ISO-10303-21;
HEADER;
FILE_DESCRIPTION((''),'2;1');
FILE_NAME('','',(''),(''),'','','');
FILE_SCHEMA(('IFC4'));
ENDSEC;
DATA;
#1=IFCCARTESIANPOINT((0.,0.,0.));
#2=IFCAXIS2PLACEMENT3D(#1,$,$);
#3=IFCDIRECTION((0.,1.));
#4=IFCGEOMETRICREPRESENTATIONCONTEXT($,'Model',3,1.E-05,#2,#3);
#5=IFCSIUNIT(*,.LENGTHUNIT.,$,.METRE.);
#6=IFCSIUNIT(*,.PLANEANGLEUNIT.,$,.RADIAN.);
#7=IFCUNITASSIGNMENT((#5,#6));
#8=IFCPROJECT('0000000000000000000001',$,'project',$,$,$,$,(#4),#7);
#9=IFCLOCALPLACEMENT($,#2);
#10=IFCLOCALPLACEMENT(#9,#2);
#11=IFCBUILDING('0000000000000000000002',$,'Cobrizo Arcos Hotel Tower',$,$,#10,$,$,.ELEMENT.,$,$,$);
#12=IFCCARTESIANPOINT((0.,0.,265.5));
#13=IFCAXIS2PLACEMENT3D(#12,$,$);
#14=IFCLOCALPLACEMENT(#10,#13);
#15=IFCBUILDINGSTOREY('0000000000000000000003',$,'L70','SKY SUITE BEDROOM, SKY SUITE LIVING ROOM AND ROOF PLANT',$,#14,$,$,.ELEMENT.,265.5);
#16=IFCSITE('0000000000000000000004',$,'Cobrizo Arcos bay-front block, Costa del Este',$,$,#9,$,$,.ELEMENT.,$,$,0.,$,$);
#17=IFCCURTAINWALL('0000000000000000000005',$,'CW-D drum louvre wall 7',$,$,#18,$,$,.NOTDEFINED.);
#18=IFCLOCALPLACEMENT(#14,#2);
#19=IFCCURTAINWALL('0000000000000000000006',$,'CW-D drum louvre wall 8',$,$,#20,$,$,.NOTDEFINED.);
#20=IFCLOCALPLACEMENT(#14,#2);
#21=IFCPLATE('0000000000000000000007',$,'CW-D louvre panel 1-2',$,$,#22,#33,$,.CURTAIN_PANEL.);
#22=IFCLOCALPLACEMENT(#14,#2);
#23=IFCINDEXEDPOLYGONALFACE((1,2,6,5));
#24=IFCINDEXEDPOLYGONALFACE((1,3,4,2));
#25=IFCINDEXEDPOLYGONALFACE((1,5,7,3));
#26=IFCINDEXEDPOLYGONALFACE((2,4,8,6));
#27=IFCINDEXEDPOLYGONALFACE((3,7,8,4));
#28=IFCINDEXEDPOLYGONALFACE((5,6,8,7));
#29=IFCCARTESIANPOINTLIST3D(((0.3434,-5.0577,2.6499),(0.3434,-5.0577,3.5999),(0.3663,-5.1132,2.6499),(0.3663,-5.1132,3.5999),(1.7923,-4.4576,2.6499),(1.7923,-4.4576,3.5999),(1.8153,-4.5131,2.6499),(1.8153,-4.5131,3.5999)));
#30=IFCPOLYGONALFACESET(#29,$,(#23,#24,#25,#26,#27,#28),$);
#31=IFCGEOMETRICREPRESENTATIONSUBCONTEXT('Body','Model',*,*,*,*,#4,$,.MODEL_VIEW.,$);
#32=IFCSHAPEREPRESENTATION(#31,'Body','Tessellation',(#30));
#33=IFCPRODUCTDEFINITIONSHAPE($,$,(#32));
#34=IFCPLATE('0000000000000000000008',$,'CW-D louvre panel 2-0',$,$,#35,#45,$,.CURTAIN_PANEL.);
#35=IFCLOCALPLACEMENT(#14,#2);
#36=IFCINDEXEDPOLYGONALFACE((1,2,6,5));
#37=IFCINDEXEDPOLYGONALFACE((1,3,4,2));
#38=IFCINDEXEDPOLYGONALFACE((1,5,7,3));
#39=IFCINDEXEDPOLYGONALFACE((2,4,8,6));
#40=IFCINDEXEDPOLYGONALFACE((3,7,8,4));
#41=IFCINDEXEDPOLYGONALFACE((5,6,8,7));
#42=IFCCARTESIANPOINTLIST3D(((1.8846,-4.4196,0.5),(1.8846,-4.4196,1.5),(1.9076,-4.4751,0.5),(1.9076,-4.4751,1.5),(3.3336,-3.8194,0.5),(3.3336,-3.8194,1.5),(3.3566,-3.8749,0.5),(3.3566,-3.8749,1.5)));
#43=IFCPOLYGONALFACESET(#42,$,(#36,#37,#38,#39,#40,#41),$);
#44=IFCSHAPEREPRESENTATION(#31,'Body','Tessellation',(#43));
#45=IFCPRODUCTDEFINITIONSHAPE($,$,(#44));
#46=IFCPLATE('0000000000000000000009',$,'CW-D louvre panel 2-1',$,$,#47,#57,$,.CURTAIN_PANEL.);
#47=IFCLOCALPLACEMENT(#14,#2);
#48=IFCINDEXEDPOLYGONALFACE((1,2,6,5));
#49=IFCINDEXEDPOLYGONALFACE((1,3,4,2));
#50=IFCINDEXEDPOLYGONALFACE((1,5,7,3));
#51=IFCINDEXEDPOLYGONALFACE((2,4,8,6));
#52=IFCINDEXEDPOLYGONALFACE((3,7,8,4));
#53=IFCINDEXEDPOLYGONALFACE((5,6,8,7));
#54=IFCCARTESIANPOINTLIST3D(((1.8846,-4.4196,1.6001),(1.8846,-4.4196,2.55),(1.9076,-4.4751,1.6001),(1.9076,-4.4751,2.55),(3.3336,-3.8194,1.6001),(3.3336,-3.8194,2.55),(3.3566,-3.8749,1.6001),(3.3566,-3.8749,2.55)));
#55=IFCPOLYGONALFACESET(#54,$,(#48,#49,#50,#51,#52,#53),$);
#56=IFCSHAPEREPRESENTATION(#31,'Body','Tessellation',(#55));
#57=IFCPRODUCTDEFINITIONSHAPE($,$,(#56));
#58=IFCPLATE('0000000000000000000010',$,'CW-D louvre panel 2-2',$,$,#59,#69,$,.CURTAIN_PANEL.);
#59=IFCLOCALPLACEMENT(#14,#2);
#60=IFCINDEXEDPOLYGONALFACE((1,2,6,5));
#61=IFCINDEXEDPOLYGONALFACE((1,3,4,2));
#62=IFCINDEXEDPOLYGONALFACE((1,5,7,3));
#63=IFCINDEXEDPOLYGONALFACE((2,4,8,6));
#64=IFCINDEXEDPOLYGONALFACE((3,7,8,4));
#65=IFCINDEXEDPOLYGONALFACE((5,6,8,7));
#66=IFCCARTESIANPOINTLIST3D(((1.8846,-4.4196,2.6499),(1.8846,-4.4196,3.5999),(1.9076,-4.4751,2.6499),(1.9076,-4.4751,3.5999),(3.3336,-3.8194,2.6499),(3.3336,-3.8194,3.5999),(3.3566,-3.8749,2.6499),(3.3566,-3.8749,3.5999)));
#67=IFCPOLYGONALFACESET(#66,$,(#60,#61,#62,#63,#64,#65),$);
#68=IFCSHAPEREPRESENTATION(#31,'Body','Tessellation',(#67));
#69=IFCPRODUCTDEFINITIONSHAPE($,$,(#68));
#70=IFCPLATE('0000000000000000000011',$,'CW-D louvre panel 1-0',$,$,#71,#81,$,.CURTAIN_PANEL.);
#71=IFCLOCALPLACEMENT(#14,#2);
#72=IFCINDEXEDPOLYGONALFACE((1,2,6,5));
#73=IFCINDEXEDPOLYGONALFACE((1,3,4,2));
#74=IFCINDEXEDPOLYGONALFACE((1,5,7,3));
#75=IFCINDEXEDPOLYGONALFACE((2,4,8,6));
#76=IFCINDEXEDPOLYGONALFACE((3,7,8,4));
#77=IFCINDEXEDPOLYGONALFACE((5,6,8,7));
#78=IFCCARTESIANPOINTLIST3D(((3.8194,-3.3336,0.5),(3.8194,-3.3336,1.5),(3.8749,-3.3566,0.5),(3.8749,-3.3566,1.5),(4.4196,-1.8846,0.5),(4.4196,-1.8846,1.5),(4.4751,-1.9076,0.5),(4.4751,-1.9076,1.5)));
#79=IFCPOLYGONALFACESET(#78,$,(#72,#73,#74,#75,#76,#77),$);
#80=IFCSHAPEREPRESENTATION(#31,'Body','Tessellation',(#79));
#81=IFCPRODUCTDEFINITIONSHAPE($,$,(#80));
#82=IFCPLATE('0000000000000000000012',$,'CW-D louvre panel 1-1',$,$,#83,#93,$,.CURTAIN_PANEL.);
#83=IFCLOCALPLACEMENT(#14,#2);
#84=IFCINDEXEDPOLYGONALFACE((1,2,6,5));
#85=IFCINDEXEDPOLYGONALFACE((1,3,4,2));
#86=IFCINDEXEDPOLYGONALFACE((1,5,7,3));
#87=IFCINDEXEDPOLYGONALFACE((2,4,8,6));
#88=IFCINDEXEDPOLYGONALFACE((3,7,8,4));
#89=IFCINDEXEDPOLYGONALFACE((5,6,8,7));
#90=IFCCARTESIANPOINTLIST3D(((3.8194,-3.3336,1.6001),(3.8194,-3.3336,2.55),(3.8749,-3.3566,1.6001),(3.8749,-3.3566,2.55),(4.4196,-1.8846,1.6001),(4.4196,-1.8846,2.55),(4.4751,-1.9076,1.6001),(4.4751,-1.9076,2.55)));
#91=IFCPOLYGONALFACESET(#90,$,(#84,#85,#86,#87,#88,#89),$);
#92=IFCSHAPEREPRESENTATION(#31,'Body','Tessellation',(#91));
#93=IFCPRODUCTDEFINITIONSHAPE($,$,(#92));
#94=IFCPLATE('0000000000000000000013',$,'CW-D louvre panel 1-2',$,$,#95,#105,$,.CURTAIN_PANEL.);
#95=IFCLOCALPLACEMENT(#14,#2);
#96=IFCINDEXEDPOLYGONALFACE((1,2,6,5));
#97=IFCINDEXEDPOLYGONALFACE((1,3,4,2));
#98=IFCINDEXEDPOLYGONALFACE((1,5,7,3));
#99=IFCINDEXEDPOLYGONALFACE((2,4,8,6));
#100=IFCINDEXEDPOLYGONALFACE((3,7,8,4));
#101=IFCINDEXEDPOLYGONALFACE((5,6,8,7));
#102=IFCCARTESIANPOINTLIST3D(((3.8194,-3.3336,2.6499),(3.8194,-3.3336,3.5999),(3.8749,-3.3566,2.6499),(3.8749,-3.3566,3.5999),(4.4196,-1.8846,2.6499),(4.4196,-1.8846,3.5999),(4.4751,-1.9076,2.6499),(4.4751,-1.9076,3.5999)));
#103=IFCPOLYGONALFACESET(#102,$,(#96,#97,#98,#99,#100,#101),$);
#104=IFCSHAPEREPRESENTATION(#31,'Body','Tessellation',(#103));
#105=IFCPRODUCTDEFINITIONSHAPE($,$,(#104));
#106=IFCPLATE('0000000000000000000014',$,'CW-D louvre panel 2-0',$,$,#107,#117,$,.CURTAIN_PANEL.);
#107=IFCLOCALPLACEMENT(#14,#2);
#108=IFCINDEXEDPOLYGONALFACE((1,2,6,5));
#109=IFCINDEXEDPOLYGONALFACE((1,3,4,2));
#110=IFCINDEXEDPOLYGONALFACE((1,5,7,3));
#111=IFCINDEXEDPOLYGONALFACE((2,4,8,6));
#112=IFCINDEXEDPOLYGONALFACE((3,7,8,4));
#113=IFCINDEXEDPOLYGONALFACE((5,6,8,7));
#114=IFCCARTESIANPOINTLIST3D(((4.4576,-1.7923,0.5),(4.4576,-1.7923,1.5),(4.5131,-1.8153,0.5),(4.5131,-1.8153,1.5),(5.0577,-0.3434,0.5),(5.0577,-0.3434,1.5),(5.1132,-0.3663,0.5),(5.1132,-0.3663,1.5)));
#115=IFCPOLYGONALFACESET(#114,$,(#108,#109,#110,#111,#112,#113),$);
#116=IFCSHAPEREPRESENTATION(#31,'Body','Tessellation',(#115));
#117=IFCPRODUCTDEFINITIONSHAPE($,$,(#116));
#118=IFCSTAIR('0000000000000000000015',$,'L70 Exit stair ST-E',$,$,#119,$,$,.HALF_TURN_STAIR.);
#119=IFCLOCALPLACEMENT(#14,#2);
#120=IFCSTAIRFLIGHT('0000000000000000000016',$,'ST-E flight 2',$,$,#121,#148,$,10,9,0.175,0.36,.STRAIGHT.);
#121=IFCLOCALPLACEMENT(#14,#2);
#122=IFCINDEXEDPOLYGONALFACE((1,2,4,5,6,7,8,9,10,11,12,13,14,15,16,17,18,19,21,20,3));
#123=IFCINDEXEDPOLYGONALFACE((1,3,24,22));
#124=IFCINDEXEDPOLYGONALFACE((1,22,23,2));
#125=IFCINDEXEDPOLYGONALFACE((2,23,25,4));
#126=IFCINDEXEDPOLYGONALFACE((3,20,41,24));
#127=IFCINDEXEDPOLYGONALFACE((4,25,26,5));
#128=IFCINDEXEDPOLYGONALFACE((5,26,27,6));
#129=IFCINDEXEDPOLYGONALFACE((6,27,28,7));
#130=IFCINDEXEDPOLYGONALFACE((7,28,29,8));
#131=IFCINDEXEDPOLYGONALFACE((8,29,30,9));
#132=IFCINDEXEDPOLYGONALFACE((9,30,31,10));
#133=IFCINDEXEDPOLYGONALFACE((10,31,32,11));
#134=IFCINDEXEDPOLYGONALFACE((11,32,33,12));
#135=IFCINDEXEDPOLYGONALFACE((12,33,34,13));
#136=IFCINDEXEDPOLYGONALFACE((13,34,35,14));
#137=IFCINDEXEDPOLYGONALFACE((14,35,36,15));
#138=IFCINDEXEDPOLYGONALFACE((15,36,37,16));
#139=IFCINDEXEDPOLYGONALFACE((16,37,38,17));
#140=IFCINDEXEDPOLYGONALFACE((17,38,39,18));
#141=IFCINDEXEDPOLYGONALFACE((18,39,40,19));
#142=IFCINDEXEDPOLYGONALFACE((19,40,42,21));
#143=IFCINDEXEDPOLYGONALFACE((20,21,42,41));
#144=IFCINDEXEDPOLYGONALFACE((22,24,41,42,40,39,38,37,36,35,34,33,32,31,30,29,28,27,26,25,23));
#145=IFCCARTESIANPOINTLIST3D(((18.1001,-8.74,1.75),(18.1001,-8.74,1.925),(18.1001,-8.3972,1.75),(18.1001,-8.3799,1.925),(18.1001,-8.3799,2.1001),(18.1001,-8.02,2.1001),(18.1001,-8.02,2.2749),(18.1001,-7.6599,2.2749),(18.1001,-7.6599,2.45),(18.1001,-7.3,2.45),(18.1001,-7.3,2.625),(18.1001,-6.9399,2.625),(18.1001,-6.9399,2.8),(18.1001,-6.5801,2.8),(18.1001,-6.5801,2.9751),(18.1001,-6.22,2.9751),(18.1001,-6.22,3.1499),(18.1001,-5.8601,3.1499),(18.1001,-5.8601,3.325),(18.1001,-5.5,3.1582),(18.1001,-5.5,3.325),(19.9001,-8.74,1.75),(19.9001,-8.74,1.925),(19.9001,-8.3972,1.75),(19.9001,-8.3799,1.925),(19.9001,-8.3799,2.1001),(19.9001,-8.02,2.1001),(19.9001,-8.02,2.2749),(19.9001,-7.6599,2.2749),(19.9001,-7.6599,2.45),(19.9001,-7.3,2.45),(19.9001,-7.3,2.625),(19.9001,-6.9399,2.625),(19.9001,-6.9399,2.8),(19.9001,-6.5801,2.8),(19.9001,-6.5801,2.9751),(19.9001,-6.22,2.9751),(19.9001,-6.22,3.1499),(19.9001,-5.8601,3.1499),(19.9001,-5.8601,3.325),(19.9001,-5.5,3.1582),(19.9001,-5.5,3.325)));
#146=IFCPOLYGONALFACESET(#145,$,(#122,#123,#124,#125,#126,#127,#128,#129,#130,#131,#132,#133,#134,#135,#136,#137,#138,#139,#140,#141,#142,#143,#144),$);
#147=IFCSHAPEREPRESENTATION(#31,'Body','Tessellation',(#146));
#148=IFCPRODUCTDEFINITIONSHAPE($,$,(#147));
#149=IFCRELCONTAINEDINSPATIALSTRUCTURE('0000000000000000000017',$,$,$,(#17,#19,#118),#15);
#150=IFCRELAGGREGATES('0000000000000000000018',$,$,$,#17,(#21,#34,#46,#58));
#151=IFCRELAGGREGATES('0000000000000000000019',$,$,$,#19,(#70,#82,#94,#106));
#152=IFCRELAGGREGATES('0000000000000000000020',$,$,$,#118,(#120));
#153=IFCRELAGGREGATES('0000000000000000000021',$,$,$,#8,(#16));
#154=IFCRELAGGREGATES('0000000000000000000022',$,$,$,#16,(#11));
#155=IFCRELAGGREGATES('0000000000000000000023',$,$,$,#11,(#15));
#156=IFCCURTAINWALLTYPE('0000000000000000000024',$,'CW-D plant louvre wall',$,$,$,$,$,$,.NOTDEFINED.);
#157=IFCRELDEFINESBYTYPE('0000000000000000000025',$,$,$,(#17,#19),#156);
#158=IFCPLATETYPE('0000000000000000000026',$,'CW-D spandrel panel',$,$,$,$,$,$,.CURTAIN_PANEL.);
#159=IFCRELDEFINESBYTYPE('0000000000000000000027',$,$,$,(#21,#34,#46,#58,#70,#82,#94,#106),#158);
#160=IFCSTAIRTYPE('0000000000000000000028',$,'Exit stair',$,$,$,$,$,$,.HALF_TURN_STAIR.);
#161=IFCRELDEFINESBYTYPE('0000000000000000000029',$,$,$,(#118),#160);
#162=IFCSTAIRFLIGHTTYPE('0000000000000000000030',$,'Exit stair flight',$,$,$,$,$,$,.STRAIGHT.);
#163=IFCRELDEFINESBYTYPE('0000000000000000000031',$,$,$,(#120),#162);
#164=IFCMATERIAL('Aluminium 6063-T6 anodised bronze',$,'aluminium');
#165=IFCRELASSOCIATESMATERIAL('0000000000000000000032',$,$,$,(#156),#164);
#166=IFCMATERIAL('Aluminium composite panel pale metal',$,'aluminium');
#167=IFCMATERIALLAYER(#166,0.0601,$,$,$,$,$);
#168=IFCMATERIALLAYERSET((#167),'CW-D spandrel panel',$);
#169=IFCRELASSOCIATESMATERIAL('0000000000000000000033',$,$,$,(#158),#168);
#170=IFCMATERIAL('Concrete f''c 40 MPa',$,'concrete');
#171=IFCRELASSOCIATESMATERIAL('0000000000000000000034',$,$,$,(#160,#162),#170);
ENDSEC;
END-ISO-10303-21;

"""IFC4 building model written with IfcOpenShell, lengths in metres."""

from ifc_helpers import new_model, si_unit, direction, frame, origin, origin_2d, place, context, subcontext, project, spatial, polyline, rectangle, outline, extrude, material, layer, layer_set, type_object, element, aggregate, save


model = new_model("IFC4")

# Units and contexts
model_context = context("Model", 3, precision=1e-05, world=origin(), true_north=direction((0.0, 1.0)))
body_context = subcontext(model_context, "Body", "Model", "MODEL_VIEW")
ifc_project = project(units=[si_unit("LENGTHUNIT", "METRE"), si_unit("PLANEANGLEUNIT", "RADIAN")], contexts=[model_context])

# Site, building, storey
site_placement = place(None, origin())
site = spatial("IfcSite", under=ifc_project, at=site_placement, Name="Cobrizo Arcos bay-front block, Costa del Este", CompositionType="ELEMENT", RefElevation=0.0)
building_placement = place(site_placement, origin())
building = spatial("IfcBuilding", under=site, at=building_placement, Name="Cobrizo Arcos Hotel Tower", CompositionType="ELEMENT")
storey_placement = place(building_placement, frame((0.0, 0.0, 265.5)))
storey = spatial("IfcBuildingStorey", under=building, at=storey_placement, Name="L70", Description="SKY SUITE BEDROOM, SKY SUITE LIVING ROOM AND ROOF PLANT", CompositionType="ELEMENT", Elevation=265.5)

# Shared definitions
ifc_material_1 = material(Name="Aluminium 6063-T6 anodised bronze", Category="aluminium")

# Curtain walls
curtain_wall_type_1 = type_object("IfcCurtainWallType", Name="CW-D plant louvre wall", PredefinedType="NOTDEFINED", material=ifc_material_1)
curtain_wall_1_placement = place(storey_placement, origin())
curtain_wall_1 = element("IfcCurtainWall", 1, at=curtain_wall_1_placement, inside=storey, type_object=curtain_wall_type_1, Name="CW-D drum louvre wall 7", PredefinedType="NOTDEFINED")
curtain_wall_2_placement = place(storey_placement, origin())
curtain_wall_2 = element("IfcCurtainWall", 2, at=curtain_wall_2_placement, inside=storey, type_object=curtain_wall_type_1, Name="CW-D drum louvre wall 8", PredefinedType="NOTDEFINED")

# Plates
ifc_material_2 = material(Name="Aluminium composite panel pale metal", Category="aluminium")
ifc_layer_1 = layer(ifc_material_2, 0.0601)
ifc_layer_set_1 = layer_set([ifc_layer_1], Name="CW-D spandrel panel")
plate_type_1 = type_object("IfcPlateType", Name="CW-D spandrel panel", PredefinedType="CURTAIN_PANEL", material=ifc_layer_set_1)
plate_1_placement = place(storey_placement, frame((1.0793, -4.7854, 2.6499), z_axis=(0.0, 0.0, 1.0), x_axis=(0.92388, 0.382683, 0.0)))
plate_1 = element("IfcPlate", 3, at=plate_1_placement, type_object=plate_type_1, Name="CW-D louvre panel 1-2", PredefinedType="CURTAIN_PANEL", context=body_context, shape_type="SweptSolid", body=[
    extrude(rectangle(XDim=1.5684, YDim=0.0601, at=origin_2d()), origin(), (0.0, 0.0, 1.0), 0.95),
])
plate_2_placement = place(storey_placement, frame((2.6206, -4.1472, 0.5), z_axis=(0.0, 0.0, 1.0), x_axis=(0.92388, 0.382683, 0.0)))
plate_2 = element("IfcPlate", 4, at=plate_2_placement, type_object=plate_type_1, Name="CW-D louvre panel 2-0", PredefinedType="CURTAIN_PANEL", context=body_context, shape_type="SweptSolid", body=[
    extrude(rectangle(XDim=1.5684, YDim=0.0601, at=origin_2d()), origin(), (0.0, 0.0, 1.0), 1.0),
])
plate_3_placement = place(storey_placement, frame((2.6206, -4.1472, 1.6001), z_axis=(0.0, 0.0, 1.0), x_axis=(0.92388, 0.382683, 0.0)))
plate_3 = element("IfcPlate", 5, at=plate_3_placement, type_object=plate_type_1, Name="CW-D louvre panel 2-1", PredefinedType="CURTAIN_PANEL", context=body_context, shape_type="SweptSolid", body=[
    extrude(rectangle(XDim=1.5684, YDim=0.0601, at=origin_2d()), origin(), (0.0, 0.0, 1.0), 0.95),
])
plate_4_placement = place(storey_placement, frame((2.6206, -4.1472, 2.6499), z_axis=(0.0, 0.0, 1.0), x_axis=(0.92388, 0.382683, 0.0)))
plate_4 = element("IfcPlate", 6, at=plate_4_placement, type_object=plate_type_1, Name="CW-D louvre panel 2-2", PredefinedType="CURTAIN_PANEL", context=body_context, shape_type="SweptSolid", body=[
    extrude(rectangle(XDim=1.5684, YDim=0.0601, at=origin_2d()), origin(), (0.0, 0.0, 1.0), 0.95),
])
aggregate(curtain_wall_1, [plate_1, plate_2, plate_3, plate_4])
plate_5_placement = place(storey_placement, frame((4.1472, -2.6206, 0.5), z_axis=(0.0, 0.0, 1.0), x_axis=(0.382683, 0.92388, 0.0)))
plate_5 = element("IfcPlate", 7, at=plate_5_placement, type_object=plate_type_1, Name="CW-D louvre panel 1-0", PredefinedType="CURTAIN_PANEL", context=body_context, shape_type="SweptSolid", body=[
    extrude(rectangle(XDim=1.5684, YDim=0.0601, at=origin_2d()), origin(), (0.0, 0.0, 1.0), 1.0),
])
plate_6_placement = place(storey_placement, frame((4.1472, -2.6206, 1.6001), z_axis=(0.0, 0.0, 1.0), x_axis=(0.382683, 0.92388, 0.0)))
plate_6 = element("IfcPlate", 8, at=plate_6_placement, type_object=plate_type_1, Name="CW-D louvre panel 1-1", PredefinedType="CURTAIN_PANEL", context=body_context, shape_type="SweptSolid", body=[
    extrude(rectangle(XDim=1.5684, YDim=0.0601, at=origin_2d()), origin(), (0.0, 0.0, 1.0), 0.95),
])
plate_7_placement = place(storey_placement, frame((4.1472, -2.6206, 2.6499), z_axis=(0.0, 0.0, 1.0), x_axis=(0.382683, 0.92388, 0.0)))
plate_7 = element("IfcPlate", 9, at=plate_7_placement, type_object=plate_type_1, Name="CW-D louvre panel 1-2", PredefinedType="CURTAIN_PANEL", context=body_context, shape_type="SweptSolid", body=[
    extrude(rectangle(XDim=1.5684, YDim=0.0601, at=origin_2d()), origin(), (0.0, 0.0, 1.0), 0.95),
])
plate_8_placement = place(storey_placement, frame((4.7854, -1.0793, 0.5), z_axis=(0.0, 0.0, 1.0), x_axis=(0.382683, 0.92388, 0.0)))
plate_8 = element("IfcPlate", 10, at=plate_8_placement, type_object=plate_type_1, Name="CW-D louvre panel 2-0", PredefinedType="CURTAIN_PANEL", context=body_context, shape_type="SweptSolid", body=[
    extrude(rectangle(XDim=1.5684, YDim=0.0601, at=origin_2d()), origin(), (0.0, 0.0, 1.0), 1.0),
])
aggregate(curtain_wall_2, [plate_5, plate_6, plate_7, plate_8])

# Stair, stair flight
ifc_material_3 = material(Name="Concrete f'c 40 MPa", Category="concrete")
stair_type = type_object("IfcStairType", Name="Exit stair", PredefinedType="HALF_TURN_STAIR", material=ifc_material_3)
stair_placement = place(storey_placement, origin())
stair = element("IfcStair", 11, at=stair_placement, inside=storey, type_object=stair_type, Name="L70 Exit stair ST-E", PredefinedType="HALF_TURN_STAIR")
stair_flight_type = type_object("IfcStairFlightType", Name="Exit stair flight", PredefinedType="STRAIGHT", material=ifc_material_3)
stair_flight_placement = place(storey_placement, frame((19.0, -8.74, 1.75), z_axis=(0.0, 0.0, 1.0), x_axis=(0.0, 1.0, 0.0)))
stair_flight = element("IfcStairFlight", 12, at=stair_flight_placement, type_object=stair_flight_type, Name="ST-E flight 2", NumberOfRisers=10, NumberOfTreads=9, PredefinedType="STRAIGHT", RiserHeight=0.175, TreadLength=0.36, context=body_context, shape_type="SweptSolid", body=[
    extrude(outline(polyline([(0.0, 0.0), (0.0, 0.175), (0.3601, 0.175), (0.3601, 0.3501), (0.72, 0.3501), (0.72, 0.5249), (1.0801, 0.5249), (1.0801, 0.7), (1.4399, 0.7), (1.4399, 0.875), (1.8, 0.875), (1.8, 1.05), (2.1599, 1.05), (2.1599, 1.2251), (2.52, 1.2251), (2.52, 1.3999), (2.8799, 1.3999), (2.8799, 1.575), (3.24, 1.575), (3.24, 1.75), (3.24, 1.4082), (0.3428, 0.0), (0.0, 0.0)])), frame((0.0, 0.8999, 0.0), z_axis=(0.0, -1.0, 0.0), x_axis=(1.0, 0.0, 0.0)), (0.0, 0.0, 1.0), 1.8),
])
aggregate(stair, [stair_flight])

save(model, "model.ifc")
